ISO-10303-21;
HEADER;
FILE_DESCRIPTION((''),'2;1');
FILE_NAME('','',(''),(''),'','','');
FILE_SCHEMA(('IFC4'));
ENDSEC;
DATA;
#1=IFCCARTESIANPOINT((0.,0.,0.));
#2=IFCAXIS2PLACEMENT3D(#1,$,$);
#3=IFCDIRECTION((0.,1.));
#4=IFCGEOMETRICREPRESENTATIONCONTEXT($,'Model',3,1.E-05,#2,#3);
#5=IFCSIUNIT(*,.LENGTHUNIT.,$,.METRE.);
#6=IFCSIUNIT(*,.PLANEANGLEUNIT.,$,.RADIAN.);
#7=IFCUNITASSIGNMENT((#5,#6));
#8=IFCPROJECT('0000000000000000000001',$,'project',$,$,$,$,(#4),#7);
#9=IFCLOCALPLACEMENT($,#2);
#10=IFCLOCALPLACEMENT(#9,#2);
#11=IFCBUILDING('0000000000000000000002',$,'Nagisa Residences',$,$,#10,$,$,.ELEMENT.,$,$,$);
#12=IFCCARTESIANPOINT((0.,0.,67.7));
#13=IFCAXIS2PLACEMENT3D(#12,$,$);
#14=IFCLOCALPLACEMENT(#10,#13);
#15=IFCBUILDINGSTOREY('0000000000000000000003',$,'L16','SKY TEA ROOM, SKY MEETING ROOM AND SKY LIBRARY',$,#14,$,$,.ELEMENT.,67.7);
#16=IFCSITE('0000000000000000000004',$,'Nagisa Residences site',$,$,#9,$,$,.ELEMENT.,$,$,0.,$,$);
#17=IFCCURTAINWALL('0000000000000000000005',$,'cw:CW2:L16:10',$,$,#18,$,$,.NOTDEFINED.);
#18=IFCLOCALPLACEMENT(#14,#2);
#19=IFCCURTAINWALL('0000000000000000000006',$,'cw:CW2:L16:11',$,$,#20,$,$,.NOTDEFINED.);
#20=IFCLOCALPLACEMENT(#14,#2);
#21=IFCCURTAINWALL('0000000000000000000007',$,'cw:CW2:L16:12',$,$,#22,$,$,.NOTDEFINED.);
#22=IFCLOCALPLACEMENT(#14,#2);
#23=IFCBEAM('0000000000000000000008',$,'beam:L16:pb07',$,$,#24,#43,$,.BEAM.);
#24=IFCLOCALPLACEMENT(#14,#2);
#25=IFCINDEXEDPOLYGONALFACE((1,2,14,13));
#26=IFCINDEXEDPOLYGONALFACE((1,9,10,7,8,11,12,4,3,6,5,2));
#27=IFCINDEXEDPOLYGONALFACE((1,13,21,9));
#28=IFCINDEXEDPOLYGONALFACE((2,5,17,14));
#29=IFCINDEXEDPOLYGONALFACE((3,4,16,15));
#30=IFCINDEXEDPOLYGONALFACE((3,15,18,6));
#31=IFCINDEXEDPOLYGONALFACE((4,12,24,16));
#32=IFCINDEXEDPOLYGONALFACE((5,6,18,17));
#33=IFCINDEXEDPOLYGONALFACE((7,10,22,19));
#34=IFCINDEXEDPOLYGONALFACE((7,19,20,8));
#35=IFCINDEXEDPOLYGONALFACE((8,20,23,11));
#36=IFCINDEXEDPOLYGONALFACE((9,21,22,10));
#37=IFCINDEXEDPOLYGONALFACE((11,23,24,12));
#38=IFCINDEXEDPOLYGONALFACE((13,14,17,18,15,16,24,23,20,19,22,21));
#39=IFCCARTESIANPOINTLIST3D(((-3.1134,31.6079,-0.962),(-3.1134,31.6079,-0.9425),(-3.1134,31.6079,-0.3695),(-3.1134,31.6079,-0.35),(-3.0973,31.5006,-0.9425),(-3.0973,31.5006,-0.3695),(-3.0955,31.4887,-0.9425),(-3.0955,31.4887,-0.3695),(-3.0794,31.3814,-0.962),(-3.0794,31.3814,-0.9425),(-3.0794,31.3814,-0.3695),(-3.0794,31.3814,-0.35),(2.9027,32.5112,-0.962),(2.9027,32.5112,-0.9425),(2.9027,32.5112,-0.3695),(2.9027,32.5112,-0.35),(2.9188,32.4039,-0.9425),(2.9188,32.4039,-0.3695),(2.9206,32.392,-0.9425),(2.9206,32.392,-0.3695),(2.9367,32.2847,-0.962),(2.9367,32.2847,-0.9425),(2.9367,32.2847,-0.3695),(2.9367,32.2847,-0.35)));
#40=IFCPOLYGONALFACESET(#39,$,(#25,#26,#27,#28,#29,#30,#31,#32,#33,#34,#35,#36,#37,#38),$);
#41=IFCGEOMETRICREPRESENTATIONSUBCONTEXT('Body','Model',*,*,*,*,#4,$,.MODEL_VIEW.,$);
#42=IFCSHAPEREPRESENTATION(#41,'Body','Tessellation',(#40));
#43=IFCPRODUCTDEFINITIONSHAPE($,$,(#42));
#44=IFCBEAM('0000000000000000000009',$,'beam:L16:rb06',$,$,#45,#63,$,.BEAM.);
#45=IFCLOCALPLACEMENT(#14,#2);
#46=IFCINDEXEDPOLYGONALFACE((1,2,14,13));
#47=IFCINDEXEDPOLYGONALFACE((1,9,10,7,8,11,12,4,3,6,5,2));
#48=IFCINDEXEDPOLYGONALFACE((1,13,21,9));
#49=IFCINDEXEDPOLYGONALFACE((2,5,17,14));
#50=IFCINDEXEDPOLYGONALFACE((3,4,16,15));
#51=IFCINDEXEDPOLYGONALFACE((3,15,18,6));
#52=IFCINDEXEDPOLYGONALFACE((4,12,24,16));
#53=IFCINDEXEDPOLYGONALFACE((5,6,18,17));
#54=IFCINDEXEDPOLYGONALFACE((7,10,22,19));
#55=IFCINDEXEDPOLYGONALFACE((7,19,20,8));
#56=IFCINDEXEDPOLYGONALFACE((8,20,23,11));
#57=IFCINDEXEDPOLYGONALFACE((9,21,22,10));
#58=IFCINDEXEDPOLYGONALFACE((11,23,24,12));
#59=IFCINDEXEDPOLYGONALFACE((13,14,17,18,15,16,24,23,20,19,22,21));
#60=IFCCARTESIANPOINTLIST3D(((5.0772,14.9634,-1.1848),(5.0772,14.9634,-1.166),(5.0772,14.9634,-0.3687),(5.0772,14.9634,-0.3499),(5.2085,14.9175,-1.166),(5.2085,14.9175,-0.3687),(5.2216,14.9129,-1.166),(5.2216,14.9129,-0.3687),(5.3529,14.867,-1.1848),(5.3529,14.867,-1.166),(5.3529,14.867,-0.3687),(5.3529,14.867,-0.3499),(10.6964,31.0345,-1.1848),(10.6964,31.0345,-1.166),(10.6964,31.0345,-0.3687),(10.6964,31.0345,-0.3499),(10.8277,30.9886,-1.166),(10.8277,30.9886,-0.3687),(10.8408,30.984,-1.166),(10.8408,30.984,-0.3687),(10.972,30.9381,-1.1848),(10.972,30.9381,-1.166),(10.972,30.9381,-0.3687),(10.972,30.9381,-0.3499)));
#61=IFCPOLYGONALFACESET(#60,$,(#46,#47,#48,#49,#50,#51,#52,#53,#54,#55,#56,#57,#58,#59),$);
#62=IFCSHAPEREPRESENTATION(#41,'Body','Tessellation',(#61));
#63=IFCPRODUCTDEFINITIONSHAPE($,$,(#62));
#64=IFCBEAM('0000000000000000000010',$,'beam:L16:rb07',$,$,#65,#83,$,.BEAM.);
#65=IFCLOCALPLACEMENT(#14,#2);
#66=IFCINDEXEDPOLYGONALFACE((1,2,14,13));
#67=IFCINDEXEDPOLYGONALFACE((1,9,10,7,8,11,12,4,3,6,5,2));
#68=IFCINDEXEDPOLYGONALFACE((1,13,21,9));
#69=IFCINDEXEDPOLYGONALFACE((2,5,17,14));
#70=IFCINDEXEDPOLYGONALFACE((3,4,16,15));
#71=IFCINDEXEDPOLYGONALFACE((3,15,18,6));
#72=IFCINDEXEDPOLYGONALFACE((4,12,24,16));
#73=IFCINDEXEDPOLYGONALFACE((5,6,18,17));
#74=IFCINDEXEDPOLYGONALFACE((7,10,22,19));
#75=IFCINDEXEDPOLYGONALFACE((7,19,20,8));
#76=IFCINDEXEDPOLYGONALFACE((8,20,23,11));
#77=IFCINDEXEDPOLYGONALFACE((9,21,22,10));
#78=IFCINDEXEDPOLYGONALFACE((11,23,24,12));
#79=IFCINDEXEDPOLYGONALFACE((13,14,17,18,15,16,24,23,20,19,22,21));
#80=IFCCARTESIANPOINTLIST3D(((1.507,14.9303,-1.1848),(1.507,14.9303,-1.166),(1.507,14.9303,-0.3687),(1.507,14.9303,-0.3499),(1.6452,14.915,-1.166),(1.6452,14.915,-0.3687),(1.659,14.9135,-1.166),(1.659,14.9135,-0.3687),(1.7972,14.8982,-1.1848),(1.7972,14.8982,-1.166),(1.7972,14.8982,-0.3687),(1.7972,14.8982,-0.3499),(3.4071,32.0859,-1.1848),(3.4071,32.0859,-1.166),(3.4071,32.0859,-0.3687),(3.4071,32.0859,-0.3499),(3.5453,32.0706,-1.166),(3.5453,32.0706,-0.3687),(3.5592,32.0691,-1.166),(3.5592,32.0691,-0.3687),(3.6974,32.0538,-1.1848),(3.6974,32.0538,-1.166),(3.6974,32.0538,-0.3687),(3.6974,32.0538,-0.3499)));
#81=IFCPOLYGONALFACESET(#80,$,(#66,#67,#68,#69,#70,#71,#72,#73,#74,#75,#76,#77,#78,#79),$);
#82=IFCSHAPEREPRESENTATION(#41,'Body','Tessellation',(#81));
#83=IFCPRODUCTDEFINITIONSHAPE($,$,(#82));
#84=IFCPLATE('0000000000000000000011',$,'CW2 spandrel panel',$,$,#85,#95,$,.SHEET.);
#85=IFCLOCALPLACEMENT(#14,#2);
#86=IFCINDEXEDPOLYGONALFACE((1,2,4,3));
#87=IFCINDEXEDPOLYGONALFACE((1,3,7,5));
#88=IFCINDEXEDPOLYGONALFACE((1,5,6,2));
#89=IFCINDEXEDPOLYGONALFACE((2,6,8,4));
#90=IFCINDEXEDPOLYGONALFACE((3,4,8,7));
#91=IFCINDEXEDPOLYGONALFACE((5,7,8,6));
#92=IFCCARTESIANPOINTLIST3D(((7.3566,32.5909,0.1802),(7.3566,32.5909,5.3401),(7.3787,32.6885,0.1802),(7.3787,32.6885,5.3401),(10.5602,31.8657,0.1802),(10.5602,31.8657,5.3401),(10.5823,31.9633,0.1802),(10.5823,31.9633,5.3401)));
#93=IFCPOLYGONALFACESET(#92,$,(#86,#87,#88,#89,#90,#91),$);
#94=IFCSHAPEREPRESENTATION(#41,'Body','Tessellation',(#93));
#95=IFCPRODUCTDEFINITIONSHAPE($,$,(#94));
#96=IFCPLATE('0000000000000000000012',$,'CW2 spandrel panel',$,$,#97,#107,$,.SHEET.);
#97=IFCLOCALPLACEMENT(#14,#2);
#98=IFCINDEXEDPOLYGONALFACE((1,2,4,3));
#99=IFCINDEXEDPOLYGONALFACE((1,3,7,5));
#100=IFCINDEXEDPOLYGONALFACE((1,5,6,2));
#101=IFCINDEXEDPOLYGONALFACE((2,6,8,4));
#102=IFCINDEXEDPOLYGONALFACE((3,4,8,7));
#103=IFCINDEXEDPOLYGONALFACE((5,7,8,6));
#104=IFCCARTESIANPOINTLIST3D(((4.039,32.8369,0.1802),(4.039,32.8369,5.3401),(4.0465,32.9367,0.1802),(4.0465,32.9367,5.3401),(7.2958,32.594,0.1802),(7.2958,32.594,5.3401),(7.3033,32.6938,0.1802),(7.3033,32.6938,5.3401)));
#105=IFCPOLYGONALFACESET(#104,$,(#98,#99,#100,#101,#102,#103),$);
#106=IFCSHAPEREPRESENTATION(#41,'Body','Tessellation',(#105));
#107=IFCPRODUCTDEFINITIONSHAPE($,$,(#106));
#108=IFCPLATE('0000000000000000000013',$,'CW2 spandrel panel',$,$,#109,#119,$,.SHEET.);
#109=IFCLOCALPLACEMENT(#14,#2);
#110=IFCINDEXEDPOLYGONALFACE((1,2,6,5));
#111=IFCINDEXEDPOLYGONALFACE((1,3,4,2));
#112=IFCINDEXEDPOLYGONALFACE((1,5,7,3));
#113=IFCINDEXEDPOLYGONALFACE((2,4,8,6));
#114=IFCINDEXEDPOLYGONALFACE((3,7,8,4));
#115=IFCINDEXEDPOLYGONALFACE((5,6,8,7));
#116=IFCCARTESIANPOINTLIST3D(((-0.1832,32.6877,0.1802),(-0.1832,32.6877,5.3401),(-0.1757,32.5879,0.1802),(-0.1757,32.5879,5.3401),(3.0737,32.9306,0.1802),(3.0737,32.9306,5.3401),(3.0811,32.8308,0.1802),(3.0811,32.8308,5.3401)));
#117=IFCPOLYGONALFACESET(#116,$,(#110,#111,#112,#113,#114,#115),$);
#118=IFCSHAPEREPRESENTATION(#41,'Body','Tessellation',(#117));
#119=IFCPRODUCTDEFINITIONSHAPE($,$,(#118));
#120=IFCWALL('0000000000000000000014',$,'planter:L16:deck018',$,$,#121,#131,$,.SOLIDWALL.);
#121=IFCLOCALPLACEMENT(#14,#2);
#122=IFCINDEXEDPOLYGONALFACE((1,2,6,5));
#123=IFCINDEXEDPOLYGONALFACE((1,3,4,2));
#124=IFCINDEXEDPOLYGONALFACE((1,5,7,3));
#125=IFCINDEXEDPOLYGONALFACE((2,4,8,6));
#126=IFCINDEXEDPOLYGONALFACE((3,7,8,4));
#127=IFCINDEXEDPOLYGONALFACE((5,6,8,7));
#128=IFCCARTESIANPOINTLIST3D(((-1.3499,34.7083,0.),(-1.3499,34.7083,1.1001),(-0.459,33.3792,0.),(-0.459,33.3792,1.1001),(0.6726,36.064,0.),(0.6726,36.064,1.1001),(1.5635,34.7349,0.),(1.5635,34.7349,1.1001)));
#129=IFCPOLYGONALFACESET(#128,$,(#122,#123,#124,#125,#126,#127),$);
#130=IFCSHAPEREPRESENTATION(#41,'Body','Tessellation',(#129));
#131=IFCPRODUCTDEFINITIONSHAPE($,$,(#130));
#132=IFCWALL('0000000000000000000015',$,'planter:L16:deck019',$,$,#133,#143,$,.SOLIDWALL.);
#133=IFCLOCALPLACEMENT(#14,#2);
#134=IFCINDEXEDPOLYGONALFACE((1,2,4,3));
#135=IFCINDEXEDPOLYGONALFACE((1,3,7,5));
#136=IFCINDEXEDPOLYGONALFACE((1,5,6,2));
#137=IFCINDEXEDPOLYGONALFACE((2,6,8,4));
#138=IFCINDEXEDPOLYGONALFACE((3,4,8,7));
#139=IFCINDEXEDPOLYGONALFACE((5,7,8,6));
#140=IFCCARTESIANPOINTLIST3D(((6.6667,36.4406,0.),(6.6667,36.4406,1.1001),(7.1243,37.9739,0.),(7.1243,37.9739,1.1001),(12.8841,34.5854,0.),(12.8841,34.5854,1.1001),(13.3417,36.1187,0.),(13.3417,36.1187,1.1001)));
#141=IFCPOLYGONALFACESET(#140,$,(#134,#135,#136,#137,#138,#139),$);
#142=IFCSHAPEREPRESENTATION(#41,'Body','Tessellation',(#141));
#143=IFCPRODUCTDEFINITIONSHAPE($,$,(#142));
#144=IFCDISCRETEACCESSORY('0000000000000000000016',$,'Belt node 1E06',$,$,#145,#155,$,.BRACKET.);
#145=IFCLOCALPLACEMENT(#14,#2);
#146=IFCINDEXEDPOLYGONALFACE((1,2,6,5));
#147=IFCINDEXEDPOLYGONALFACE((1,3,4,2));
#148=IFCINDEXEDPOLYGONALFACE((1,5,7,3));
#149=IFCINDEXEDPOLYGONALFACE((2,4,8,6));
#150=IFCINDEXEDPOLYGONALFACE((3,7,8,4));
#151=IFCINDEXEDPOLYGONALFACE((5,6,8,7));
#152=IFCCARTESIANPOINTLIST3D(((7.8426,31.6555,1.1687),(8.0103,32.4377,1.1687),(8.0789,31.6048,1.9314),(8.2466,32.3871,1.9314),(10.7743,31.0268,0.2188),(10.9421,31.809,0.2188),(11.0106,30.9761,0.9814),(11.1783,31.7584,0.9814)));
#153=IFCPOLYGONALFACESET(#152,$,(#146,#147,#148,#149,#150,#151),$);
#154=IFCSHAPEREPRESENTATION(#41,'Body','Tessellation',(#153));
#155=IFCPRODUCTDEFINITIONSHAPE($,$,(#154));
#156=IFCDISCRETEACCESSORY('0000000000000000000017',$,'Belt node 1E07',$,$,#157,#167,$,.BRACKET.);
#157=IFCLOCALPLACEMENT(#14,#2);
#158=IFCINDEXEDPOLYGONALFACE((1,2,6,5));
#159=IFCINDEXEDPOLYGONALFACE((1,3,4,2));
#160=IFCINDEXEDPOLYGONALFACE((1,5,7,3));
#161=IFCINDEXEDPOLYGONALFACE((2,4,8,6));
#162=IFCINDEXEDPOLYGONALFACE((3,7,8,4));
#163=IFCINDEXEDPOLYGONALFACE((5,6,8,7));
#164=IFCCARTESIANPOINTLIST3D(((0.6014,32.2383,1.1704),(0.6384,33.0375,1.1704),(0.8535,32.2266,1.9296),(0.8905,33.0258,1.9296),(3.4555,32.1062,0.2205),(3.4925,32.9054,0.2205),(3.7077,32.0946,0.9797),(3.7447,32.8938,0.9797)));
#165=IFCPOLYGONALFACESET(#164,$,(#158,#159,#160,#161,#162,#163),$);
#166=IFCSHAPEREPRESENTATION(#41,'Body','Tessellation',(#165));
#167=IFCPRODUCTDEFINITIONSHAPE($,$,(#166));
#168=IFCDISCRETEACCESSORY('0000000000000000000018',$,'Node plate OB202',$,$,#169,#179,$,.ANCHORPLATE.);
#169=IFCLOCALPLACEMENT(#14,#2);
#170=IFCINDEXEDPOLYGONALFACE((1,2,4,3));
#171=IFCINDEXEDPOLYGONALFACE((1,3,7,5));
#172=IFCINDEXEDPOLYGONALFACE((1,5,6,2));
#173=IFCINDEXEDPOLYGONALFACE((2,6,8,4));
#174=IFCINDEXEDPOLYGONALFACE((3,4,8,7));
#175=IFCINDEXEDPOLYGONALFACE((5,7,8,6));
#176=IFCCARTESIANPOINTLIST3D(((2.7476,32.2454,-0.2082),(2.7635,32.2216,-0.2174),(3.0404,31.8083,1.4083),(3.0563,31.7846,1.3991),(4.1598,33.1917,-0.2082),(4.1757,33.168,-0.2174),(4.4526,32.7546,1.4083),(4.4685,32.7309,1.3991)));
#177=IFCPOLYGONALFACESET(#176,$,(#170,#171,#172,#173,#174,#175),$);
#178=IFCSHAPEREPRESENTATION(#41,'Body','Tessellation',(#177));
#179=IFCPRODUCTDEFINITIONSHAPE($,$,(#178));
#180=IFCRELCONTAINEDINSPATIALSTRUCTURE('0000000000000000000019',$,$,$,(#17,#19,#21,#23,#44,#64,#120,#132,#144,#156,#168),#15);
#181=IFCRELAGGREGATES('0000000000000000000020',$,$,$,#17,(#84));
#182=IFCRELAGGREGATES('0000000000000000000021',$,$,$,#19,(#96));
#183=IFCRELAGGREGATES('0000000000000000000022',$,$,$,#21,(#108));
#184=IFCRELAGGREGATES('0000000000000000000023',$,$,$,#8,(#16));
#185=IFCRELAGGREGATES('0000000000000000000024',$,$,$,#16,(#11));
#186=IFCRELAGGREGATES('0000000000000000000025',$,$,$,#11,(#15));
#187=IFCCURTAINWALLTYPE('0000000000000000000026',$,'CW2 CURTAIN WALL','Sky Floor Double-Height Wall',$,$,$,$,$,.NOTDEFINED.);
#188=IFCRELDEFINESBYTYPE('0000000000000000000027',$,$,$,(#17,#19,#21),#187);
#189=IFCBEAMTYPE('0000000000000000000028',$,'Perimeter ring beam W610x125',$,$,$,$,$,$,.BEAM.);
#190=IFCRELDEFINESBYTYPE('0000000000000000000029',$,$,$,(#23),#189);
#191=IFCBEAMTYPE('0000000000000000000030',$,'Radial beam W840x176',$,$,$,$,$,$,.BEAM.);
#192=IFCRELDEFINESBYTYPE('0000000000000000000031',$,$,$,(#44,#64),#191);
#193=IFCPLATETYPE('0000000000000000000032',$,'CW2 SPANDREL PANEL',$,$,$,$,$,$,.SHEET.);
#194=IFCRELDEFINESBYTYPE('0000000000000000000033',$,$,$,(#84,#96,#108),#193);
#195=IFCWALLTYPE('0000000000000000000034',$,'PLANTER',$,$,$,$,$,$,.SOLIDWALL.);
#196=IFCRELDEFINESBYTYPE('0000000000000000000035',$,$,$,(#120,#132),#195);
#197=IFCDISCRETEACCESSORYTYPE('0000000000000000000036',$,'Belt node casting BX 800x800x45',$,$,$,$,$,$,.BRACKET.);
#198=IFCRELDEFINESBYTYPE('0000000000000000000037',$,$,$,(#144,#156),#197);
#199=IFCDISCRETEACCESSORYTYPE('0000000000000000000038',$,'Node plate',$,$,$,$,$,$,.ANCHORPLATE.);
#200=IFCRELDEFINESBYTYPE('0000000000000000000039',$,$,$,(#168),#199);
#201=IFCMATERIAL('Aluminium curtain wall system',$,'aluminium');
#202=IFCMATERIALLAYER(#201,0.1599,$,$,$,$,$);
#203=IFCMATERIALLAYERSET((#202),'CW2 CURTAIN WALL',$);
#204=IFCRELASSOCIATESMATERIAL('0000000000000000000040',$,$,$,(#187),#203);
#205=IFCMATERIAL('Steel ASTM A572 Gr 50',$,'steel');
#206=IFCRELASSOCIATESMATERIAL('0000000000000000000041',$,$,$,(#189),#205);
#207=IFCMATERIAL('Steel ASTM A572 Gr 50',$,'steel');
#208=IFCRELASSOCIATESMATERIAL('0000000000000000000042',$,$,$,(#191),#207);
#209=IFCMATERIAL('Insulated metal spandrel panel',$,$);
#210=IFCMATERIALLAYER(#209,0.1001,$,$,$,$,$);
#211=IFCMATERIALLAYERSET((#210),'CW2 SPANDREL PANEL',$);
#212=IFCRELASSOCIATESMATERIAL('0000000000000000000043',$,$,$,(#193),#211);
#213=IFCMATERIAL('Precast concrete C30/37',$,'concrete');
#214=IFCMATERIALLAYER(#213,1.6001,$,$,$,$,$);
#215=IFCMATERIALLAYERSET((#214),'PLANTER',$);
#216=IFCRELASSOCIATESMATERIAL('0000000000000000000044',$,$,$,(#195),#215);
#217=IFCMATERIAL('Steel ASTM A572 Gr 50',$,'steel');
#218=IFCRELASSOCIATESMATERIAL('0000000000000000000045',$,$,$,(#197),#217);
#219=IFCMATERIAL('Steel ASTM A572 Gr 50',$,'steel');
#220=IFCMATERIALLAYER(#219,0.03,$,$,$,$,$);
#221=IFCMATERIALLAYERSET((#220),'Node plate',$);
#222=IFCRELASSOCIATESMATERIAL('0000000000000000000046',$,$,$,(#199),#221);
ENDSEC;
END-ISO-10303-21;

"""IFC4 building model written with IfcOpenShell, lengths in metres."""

from ifc_helpers import new_model, si_unit, direction, frame, frame_2d, origin, origin_2d, place, context, subcontext, project, spatial, rectangle, i_section, extrude, material, layer, layer_set, material_profile, profile_set, type_object, element, aggregate, save


model = new_model("IFC4")

# Units and contexts
model_context = context("Model", 3, precision=1e-05, world=origin(), true_north=direction((0.0, 1.0)))
body_context = subcontext(model_context, "Body", "Model", "MODEL_VIEW")
ifc_project = project(units=[si_unit("LENGTHUNIT", "METRE"), si_unit("PLANEANGLEUNIT", "RADIAN")], contexts=[model_context])

# Site, building, storey
site_placement = place(None, origin())
site = spatial("IfcSite", under=ifc_project, at=site_placement, Name="Nagisa Residences site", CompositionType="ELEMENT", RefElevation=0.0)
building_placement = place(site_placement, origin())
building = spatial("IfcBuilding", under=site, at=building_placement, Name="Nagisa Residences", CompositionType="ELEMENT")
storey_placement = place(building_placement, frame((0.0, 0.0, 67.7)))
storey = spatial("IfcBuildingStorey", under=building, at=storey_placement, Name="L16", Description="SKY TEA ROOM, SKY MEETING ROOM AND SKY LIBRARY", CompositionType="ELEMENT", Elevation=67.7)

# Curtain walls
ifc_material_1 = material(Name="Aluminium curtain wall system", Category="aluminium")
ifc_layer_1 = layer(ifc_material_1, 0.1599)
ifc_layer_set_1 = layer_set([ifc_layer_1], Name="CW2 CURTAIN WALL")
curtain_wall_type = type_object("IfcCurtainWallType", Name="CW2 CURTAIN WALL", Description="Sky Floor Double-Height Wall", PredefinedType="NOTDEFINED", material=ifc_layer_set_1)
curtain_wall_1_placement = place(storey_placement, origin())
curtain_wall_1 = element("IfcCurtainWall", 1, at=curtain_wall_1_placement, inside=storey, type_object=curtain_wall_type, Name="cw:CW2:L16:10", PredefinedType="NOTDEFINED")
curtain_wall_2_placement = place(storey_placement, origin())
curtain_wall_2 = element("IfcCurtainWall", 2, at=curtain_wall_2_placement, inside=storey, type_object=curtain_wall_type, Name="cw:CW2:L16:11", PredefinedType="NOTDEFINED")
curtain_wall_3_placement = place(storey_placement, origin())
curtain_wall_3 = element("IfcCurtainWall", 3, at=curtain_wall_3_placement, inside=storey, type_object=curtain_wall_type, Name="cw:CW2:L16:12", PredefinedType="NOTDEFINED")

# Beams
ifc_material_2 = material(Name="Steel ASTM A572 Gr 50", Category="steel")
ifc_material_profile_1 = material_profile(ifc_material_2, i_section(OverallWidth=0.229, OverallDepth=0.6121, WebThickness=0.012, FlangeThickness=0.0195, at=origin_2d()), Name="W610x125")
ifc_profile_set_1 = profile_set([ifc_material_profile_1], Name="Steel ASTM A572 Gr 50")
beam_type_1 = type_object("IfcBeamType", Name="Perimeter ring beam W610x125", PredefinedType="BEAM", material=ifc_profile_set_1)
for number, where, z_axis, x_axis, name in (
    (4, (2.9197, 32.3979, -0.656), (-0.988915, -0.148486, 0.0), (0.148486, -0.988915, 0.0), "beam:L16:pb07"),
):
    element("IfcBeam", number, at=place(storey_placement, frame(where, z_axis=z_axis, x_axis=x_axis)), inside=storey, type_object=beam_type_1, Name=name, PredefinedType="BEAM", context=body_context, shape_type="SweptSolid", body=[
        extrude(i_section(OverallWidth=0.229, OverallDepth=0.6121, WebThickness=0.012, FlangeThickness=0.0195, at=origin_2d()), origin(), (0.0, 0.0, 1.0), 6.0835),
    ])
ifc_material_3 = material(Name="Steel ASTM A572 Gr 50", Category="steel")
ifc_material_profile_2 = material_profile(ifc_material_3, i_section(OverallWidth=0.292, OverallDepth=0.835, WebThickness=0.0139, FlangeThickness=0.0188, at=origin_2d()), Name="W840x176")
ifc_profile_set_2 = profile_set([ifc_material_profile_2], Name="Steel ASTM A572 Gr 50")
beam_type_2 = type_object("IfcBeamType", Name="Radial beam W840x176", PredefinedType="BEAM", material=ifc_profile_set_2)
beam_1_placement = place(storey_placement, frame((10.8342, 30.9863, -0.7673), z_axis=(-0.330051, -0.943963, 0.0), x_axis=(0.943963, -0.330051, 0.0)))
element("IfcBeam", 5, at=beam_1_placement, inside=storey, type_object=beam_type_2, Name="beam:L16:rb06", PredefinedType="BEAM", context=body_context, shape_type="SweptSolid", body=[
    extrude(i_section(OverallWidth=0.292, OverallDepth=0.835, WebThickness=0.0139, FlangeThickness=0.0188, at=origin_2d()), origin(), (0.0, 0.0, 1.0), 17.0251),
])
beam_2_placement = place(storey_placement, frame((3.5522, 32.0698, -0.7673), z_axis=(-0.110087, -0.993922, 0.0), x_axis=(0.993922, -0.110087, 0.0)))
element("IfcBeam", 6, at=beam_2_placement, inside=storey, type_object=beam_type_2, Name="beam:L16:rb07", PredefinedType="BEAM", context=body_context, shape_type="SweptSolid", body=[
    extrude(i_section(OverallWidth=0.292, OverallDepth=0.835, WebThickness=0.0139, FlangeThickness=0.0188, at=origin_2d()), origin(), (0.0, 0.0, 1.0), 17.2605),
])

# Plates
ifc_material_4 = material(Name="Insulated metal spandrel panel")
ifc_layer_2 = layer(ifc_material_4, 0.1001)
ifc_layer_set_2 = layer_set([ifc_layer_2], Name="CW2 SPANDREL PANEL")
plate_type = type_object("IfcPlateType", Name="CW2 SPANDREL PANEL", PredefinedType="SHEET", material=ifc_layer_set_2)
plate_1_placement = place(storey_placement, frame((8.9695, 32.2771, 0.1802), z_axis=(0.0, 0.0, 1.0), x_axis=(-0.975327, 0.220764, 0.0)))
plate_1 = element("IfcPlate", 7, at=plate_1_placement, type_object=plate_type, Name="CW2 spandrel panel", PredefinedType="SHEET", context=body_context, shape_type="SweptSolid", body=[
    extrude(rectangle(XDim=3.2847, YDim=0.1001, at=origin_2d()), origin(), (0.0, 0.0, 1.0), 5.1599),
])
aggregate(curtain_wall_1, [plate_1])
plate_2_placement = place(storey_placement, frame((5.6711, 32.7654, 0.1802), z_axis=(0.0, 0.0, 1.0), x_axis=(-0.99723, 0.074377, 0.0)))
plate_2 = element("IfcPlate", 8, at=plate_2_placement, type_object=plate_type, Name="CW2 spandrel panel", PredefinedType="SHEET", context=body_context, shape_type="SweptSolid", body=[
    extrude(rectangle(XDim=3.2659, YDim=0.1001, at=origin_2d()), origin(), (0.0, 0.0, 1.0), 5.1599),
])
aggregate(curtain_wall_2, [plate_2])
plate_3_placement = place(storey_placement, frame((1.449, 32.7593, 0.1802), z_axis=(0.0, 0.0, 1.0), x_axis=(-0.99723, -0.074377, 0.0)))
plate_3 = element("IfcPlate", 9, at=plate_3_placement, type_object=plate_type, Name="CW2 spandrel panel", PredefinedType="SHEET", context=body_context, shape_type="SweptSolid", body=[
    extrude(rectangle(XDim=3.2659, YDim=0.1001, at=origin_2d()), origin(), (0.0, 0.0, 1.0), 5.1599),
])
aggregate(curtain_wall_3, [plate_3])

# Walls
ifc_material_5 = material(Name="Precast concrete C30/37", Category="concrete")
ifc_layer_3 = layer(ifc_material_5, 1.6001)
ifc_layer_set_3 = layer_set([ifc_layer_3], Name="PLANTER")
wall_type = type_object("IfcWallType", Name="PLANTER", PredefinedType="SOLIDWALL", material=ifc_layer_set_3)
wall_1_placement = place(storey_placement, frame((1.1179, 35.3994, 0.0), z_axis=(0.0, 0.0, 1.0), x_axis=(-0.830644, -0.556804, 0.0)))
element("IfcWall", 10, at=wall_1_placement, inside=storey, type_object=wall_type, Name="planter:L16:deck018", PredefinedType="SOLIDWALL", context=body_context, shape_type="SweptSolid", body=[
    extrude(rectangle(XDim=2.4348, YDim=1.6001, at=frame_2d((1.2173, 0.0))), origin(), (0.0, 0.0, 1.0), 1.1001),
])
wall_2_placement = place(storey_placement, frame((6.8955, 37.2073, 0.0), z_axis=(0.0, 0.0, 1.0), x_axis=(0.958248, -0.285939, 0.0)))
element("IfcWall", 11, at=wall_2_placement, inside=storey, type_object=wall_type, Name="planter:L16:deck019", PredefinedType="SOLIDWALL", context=body_context, shape_type="SweptSolid", body=[
    extrude(rectangle(XDim=6.4883, YDim=1.6001, at=frame_2d((3.2441, 0.0))), origin(), (0.0, 0.0, 1.0), 1.1001),
])

# Discrete accessories
ifc_material_6 = material(Name="Steel ASTM A572 Gr 50", Category="steel")
discrete_accessory_type_1 = type_object("IfcDiscreteAccessoryType", Name="Belt node casting BX 800x800x45", PredefinedType="BRACKET", material=ifc_material_6)
discrete_accessory_1_placement = place(storey_placement, frame((10.9763, 31.3926, 0.6001), z_axis=(-0.932107, 0.199881, 0.302034), x_axis=(-0.209674, -0.977771, 0.0)))
element("IfcDiscreteAccessory", 12, at=discrete_accessory_1_placement, inside=storey, type_object=discrete_accessory_type_1, Name="Belt node 1E06", PredefinedType="BRACKET", context=body_context, shape_type="SweptSolid", body=[
    extrude(rectangle(XDim=0.8, YDim=0.8, at=origin_2d()), origin(), (0.0, 0.0, 1.0), 3.1453),
])
discrete_accessory_2_placement = place(storey_placement, frame((3.6001, 32.5, 0.6001), z_axis=(-0.947916, 0.043865, 0.315486), x_axis=(-0.046225, -0.998931, 0.0)))
element("IfcDiscreteAccessory", 13, at=discrete_accessory_2_placement, inside=storey, type_object=discrete_accessory_type_1, Name="Belt node 1E07", PredefinedType="BRACKET", context=body_context, shape_type="SweptSolid", body=[
    extrude(rectangle(XDim=0.8, YDim=0.8, at=origin_2d()), origin(), (0.0, 0.0, 1.0), 3.011),
])
ifc_material_7 = material(Name="Steel ASTM A572 Gr 50", Category="steel")
ifc_layer_4 = layer(ifc_material_7, 0.03)
ifc_layer_set_4 = layer_set([ifc_layer_4], Name="Node plate")
discrete_accessory_type_2 = type_object("IfcDiscreteAccessoryType", Name="Node plate", PredefinedType="ANCHORPLATE", material=ifc_layer_set_4)
discrete_accessory_3_placement = place(storey_placement, frame((3.6001, 32.5, 0.6001), z_axis=(0.529348, -0.78995, -0.309465), x_axis=(0.83073, 0.556675, 0.0)))
element("IfcDiscreteAccessory", 14, at=discrete_accessory_3_placement, inside=storey, type_object=discrete_accessory_type_2, Name="Node plate OB202", PredefinedType="ANCHORPLATE", context=body_context, shape_type="SweptSolid", body=[
    extrude(rectangle(XDim=1.7, YDim=1.7, at=origin_2d()), origin(), (0.0, 0.0, 1.0), 0.03),
])

save(model, "model.ifc")
